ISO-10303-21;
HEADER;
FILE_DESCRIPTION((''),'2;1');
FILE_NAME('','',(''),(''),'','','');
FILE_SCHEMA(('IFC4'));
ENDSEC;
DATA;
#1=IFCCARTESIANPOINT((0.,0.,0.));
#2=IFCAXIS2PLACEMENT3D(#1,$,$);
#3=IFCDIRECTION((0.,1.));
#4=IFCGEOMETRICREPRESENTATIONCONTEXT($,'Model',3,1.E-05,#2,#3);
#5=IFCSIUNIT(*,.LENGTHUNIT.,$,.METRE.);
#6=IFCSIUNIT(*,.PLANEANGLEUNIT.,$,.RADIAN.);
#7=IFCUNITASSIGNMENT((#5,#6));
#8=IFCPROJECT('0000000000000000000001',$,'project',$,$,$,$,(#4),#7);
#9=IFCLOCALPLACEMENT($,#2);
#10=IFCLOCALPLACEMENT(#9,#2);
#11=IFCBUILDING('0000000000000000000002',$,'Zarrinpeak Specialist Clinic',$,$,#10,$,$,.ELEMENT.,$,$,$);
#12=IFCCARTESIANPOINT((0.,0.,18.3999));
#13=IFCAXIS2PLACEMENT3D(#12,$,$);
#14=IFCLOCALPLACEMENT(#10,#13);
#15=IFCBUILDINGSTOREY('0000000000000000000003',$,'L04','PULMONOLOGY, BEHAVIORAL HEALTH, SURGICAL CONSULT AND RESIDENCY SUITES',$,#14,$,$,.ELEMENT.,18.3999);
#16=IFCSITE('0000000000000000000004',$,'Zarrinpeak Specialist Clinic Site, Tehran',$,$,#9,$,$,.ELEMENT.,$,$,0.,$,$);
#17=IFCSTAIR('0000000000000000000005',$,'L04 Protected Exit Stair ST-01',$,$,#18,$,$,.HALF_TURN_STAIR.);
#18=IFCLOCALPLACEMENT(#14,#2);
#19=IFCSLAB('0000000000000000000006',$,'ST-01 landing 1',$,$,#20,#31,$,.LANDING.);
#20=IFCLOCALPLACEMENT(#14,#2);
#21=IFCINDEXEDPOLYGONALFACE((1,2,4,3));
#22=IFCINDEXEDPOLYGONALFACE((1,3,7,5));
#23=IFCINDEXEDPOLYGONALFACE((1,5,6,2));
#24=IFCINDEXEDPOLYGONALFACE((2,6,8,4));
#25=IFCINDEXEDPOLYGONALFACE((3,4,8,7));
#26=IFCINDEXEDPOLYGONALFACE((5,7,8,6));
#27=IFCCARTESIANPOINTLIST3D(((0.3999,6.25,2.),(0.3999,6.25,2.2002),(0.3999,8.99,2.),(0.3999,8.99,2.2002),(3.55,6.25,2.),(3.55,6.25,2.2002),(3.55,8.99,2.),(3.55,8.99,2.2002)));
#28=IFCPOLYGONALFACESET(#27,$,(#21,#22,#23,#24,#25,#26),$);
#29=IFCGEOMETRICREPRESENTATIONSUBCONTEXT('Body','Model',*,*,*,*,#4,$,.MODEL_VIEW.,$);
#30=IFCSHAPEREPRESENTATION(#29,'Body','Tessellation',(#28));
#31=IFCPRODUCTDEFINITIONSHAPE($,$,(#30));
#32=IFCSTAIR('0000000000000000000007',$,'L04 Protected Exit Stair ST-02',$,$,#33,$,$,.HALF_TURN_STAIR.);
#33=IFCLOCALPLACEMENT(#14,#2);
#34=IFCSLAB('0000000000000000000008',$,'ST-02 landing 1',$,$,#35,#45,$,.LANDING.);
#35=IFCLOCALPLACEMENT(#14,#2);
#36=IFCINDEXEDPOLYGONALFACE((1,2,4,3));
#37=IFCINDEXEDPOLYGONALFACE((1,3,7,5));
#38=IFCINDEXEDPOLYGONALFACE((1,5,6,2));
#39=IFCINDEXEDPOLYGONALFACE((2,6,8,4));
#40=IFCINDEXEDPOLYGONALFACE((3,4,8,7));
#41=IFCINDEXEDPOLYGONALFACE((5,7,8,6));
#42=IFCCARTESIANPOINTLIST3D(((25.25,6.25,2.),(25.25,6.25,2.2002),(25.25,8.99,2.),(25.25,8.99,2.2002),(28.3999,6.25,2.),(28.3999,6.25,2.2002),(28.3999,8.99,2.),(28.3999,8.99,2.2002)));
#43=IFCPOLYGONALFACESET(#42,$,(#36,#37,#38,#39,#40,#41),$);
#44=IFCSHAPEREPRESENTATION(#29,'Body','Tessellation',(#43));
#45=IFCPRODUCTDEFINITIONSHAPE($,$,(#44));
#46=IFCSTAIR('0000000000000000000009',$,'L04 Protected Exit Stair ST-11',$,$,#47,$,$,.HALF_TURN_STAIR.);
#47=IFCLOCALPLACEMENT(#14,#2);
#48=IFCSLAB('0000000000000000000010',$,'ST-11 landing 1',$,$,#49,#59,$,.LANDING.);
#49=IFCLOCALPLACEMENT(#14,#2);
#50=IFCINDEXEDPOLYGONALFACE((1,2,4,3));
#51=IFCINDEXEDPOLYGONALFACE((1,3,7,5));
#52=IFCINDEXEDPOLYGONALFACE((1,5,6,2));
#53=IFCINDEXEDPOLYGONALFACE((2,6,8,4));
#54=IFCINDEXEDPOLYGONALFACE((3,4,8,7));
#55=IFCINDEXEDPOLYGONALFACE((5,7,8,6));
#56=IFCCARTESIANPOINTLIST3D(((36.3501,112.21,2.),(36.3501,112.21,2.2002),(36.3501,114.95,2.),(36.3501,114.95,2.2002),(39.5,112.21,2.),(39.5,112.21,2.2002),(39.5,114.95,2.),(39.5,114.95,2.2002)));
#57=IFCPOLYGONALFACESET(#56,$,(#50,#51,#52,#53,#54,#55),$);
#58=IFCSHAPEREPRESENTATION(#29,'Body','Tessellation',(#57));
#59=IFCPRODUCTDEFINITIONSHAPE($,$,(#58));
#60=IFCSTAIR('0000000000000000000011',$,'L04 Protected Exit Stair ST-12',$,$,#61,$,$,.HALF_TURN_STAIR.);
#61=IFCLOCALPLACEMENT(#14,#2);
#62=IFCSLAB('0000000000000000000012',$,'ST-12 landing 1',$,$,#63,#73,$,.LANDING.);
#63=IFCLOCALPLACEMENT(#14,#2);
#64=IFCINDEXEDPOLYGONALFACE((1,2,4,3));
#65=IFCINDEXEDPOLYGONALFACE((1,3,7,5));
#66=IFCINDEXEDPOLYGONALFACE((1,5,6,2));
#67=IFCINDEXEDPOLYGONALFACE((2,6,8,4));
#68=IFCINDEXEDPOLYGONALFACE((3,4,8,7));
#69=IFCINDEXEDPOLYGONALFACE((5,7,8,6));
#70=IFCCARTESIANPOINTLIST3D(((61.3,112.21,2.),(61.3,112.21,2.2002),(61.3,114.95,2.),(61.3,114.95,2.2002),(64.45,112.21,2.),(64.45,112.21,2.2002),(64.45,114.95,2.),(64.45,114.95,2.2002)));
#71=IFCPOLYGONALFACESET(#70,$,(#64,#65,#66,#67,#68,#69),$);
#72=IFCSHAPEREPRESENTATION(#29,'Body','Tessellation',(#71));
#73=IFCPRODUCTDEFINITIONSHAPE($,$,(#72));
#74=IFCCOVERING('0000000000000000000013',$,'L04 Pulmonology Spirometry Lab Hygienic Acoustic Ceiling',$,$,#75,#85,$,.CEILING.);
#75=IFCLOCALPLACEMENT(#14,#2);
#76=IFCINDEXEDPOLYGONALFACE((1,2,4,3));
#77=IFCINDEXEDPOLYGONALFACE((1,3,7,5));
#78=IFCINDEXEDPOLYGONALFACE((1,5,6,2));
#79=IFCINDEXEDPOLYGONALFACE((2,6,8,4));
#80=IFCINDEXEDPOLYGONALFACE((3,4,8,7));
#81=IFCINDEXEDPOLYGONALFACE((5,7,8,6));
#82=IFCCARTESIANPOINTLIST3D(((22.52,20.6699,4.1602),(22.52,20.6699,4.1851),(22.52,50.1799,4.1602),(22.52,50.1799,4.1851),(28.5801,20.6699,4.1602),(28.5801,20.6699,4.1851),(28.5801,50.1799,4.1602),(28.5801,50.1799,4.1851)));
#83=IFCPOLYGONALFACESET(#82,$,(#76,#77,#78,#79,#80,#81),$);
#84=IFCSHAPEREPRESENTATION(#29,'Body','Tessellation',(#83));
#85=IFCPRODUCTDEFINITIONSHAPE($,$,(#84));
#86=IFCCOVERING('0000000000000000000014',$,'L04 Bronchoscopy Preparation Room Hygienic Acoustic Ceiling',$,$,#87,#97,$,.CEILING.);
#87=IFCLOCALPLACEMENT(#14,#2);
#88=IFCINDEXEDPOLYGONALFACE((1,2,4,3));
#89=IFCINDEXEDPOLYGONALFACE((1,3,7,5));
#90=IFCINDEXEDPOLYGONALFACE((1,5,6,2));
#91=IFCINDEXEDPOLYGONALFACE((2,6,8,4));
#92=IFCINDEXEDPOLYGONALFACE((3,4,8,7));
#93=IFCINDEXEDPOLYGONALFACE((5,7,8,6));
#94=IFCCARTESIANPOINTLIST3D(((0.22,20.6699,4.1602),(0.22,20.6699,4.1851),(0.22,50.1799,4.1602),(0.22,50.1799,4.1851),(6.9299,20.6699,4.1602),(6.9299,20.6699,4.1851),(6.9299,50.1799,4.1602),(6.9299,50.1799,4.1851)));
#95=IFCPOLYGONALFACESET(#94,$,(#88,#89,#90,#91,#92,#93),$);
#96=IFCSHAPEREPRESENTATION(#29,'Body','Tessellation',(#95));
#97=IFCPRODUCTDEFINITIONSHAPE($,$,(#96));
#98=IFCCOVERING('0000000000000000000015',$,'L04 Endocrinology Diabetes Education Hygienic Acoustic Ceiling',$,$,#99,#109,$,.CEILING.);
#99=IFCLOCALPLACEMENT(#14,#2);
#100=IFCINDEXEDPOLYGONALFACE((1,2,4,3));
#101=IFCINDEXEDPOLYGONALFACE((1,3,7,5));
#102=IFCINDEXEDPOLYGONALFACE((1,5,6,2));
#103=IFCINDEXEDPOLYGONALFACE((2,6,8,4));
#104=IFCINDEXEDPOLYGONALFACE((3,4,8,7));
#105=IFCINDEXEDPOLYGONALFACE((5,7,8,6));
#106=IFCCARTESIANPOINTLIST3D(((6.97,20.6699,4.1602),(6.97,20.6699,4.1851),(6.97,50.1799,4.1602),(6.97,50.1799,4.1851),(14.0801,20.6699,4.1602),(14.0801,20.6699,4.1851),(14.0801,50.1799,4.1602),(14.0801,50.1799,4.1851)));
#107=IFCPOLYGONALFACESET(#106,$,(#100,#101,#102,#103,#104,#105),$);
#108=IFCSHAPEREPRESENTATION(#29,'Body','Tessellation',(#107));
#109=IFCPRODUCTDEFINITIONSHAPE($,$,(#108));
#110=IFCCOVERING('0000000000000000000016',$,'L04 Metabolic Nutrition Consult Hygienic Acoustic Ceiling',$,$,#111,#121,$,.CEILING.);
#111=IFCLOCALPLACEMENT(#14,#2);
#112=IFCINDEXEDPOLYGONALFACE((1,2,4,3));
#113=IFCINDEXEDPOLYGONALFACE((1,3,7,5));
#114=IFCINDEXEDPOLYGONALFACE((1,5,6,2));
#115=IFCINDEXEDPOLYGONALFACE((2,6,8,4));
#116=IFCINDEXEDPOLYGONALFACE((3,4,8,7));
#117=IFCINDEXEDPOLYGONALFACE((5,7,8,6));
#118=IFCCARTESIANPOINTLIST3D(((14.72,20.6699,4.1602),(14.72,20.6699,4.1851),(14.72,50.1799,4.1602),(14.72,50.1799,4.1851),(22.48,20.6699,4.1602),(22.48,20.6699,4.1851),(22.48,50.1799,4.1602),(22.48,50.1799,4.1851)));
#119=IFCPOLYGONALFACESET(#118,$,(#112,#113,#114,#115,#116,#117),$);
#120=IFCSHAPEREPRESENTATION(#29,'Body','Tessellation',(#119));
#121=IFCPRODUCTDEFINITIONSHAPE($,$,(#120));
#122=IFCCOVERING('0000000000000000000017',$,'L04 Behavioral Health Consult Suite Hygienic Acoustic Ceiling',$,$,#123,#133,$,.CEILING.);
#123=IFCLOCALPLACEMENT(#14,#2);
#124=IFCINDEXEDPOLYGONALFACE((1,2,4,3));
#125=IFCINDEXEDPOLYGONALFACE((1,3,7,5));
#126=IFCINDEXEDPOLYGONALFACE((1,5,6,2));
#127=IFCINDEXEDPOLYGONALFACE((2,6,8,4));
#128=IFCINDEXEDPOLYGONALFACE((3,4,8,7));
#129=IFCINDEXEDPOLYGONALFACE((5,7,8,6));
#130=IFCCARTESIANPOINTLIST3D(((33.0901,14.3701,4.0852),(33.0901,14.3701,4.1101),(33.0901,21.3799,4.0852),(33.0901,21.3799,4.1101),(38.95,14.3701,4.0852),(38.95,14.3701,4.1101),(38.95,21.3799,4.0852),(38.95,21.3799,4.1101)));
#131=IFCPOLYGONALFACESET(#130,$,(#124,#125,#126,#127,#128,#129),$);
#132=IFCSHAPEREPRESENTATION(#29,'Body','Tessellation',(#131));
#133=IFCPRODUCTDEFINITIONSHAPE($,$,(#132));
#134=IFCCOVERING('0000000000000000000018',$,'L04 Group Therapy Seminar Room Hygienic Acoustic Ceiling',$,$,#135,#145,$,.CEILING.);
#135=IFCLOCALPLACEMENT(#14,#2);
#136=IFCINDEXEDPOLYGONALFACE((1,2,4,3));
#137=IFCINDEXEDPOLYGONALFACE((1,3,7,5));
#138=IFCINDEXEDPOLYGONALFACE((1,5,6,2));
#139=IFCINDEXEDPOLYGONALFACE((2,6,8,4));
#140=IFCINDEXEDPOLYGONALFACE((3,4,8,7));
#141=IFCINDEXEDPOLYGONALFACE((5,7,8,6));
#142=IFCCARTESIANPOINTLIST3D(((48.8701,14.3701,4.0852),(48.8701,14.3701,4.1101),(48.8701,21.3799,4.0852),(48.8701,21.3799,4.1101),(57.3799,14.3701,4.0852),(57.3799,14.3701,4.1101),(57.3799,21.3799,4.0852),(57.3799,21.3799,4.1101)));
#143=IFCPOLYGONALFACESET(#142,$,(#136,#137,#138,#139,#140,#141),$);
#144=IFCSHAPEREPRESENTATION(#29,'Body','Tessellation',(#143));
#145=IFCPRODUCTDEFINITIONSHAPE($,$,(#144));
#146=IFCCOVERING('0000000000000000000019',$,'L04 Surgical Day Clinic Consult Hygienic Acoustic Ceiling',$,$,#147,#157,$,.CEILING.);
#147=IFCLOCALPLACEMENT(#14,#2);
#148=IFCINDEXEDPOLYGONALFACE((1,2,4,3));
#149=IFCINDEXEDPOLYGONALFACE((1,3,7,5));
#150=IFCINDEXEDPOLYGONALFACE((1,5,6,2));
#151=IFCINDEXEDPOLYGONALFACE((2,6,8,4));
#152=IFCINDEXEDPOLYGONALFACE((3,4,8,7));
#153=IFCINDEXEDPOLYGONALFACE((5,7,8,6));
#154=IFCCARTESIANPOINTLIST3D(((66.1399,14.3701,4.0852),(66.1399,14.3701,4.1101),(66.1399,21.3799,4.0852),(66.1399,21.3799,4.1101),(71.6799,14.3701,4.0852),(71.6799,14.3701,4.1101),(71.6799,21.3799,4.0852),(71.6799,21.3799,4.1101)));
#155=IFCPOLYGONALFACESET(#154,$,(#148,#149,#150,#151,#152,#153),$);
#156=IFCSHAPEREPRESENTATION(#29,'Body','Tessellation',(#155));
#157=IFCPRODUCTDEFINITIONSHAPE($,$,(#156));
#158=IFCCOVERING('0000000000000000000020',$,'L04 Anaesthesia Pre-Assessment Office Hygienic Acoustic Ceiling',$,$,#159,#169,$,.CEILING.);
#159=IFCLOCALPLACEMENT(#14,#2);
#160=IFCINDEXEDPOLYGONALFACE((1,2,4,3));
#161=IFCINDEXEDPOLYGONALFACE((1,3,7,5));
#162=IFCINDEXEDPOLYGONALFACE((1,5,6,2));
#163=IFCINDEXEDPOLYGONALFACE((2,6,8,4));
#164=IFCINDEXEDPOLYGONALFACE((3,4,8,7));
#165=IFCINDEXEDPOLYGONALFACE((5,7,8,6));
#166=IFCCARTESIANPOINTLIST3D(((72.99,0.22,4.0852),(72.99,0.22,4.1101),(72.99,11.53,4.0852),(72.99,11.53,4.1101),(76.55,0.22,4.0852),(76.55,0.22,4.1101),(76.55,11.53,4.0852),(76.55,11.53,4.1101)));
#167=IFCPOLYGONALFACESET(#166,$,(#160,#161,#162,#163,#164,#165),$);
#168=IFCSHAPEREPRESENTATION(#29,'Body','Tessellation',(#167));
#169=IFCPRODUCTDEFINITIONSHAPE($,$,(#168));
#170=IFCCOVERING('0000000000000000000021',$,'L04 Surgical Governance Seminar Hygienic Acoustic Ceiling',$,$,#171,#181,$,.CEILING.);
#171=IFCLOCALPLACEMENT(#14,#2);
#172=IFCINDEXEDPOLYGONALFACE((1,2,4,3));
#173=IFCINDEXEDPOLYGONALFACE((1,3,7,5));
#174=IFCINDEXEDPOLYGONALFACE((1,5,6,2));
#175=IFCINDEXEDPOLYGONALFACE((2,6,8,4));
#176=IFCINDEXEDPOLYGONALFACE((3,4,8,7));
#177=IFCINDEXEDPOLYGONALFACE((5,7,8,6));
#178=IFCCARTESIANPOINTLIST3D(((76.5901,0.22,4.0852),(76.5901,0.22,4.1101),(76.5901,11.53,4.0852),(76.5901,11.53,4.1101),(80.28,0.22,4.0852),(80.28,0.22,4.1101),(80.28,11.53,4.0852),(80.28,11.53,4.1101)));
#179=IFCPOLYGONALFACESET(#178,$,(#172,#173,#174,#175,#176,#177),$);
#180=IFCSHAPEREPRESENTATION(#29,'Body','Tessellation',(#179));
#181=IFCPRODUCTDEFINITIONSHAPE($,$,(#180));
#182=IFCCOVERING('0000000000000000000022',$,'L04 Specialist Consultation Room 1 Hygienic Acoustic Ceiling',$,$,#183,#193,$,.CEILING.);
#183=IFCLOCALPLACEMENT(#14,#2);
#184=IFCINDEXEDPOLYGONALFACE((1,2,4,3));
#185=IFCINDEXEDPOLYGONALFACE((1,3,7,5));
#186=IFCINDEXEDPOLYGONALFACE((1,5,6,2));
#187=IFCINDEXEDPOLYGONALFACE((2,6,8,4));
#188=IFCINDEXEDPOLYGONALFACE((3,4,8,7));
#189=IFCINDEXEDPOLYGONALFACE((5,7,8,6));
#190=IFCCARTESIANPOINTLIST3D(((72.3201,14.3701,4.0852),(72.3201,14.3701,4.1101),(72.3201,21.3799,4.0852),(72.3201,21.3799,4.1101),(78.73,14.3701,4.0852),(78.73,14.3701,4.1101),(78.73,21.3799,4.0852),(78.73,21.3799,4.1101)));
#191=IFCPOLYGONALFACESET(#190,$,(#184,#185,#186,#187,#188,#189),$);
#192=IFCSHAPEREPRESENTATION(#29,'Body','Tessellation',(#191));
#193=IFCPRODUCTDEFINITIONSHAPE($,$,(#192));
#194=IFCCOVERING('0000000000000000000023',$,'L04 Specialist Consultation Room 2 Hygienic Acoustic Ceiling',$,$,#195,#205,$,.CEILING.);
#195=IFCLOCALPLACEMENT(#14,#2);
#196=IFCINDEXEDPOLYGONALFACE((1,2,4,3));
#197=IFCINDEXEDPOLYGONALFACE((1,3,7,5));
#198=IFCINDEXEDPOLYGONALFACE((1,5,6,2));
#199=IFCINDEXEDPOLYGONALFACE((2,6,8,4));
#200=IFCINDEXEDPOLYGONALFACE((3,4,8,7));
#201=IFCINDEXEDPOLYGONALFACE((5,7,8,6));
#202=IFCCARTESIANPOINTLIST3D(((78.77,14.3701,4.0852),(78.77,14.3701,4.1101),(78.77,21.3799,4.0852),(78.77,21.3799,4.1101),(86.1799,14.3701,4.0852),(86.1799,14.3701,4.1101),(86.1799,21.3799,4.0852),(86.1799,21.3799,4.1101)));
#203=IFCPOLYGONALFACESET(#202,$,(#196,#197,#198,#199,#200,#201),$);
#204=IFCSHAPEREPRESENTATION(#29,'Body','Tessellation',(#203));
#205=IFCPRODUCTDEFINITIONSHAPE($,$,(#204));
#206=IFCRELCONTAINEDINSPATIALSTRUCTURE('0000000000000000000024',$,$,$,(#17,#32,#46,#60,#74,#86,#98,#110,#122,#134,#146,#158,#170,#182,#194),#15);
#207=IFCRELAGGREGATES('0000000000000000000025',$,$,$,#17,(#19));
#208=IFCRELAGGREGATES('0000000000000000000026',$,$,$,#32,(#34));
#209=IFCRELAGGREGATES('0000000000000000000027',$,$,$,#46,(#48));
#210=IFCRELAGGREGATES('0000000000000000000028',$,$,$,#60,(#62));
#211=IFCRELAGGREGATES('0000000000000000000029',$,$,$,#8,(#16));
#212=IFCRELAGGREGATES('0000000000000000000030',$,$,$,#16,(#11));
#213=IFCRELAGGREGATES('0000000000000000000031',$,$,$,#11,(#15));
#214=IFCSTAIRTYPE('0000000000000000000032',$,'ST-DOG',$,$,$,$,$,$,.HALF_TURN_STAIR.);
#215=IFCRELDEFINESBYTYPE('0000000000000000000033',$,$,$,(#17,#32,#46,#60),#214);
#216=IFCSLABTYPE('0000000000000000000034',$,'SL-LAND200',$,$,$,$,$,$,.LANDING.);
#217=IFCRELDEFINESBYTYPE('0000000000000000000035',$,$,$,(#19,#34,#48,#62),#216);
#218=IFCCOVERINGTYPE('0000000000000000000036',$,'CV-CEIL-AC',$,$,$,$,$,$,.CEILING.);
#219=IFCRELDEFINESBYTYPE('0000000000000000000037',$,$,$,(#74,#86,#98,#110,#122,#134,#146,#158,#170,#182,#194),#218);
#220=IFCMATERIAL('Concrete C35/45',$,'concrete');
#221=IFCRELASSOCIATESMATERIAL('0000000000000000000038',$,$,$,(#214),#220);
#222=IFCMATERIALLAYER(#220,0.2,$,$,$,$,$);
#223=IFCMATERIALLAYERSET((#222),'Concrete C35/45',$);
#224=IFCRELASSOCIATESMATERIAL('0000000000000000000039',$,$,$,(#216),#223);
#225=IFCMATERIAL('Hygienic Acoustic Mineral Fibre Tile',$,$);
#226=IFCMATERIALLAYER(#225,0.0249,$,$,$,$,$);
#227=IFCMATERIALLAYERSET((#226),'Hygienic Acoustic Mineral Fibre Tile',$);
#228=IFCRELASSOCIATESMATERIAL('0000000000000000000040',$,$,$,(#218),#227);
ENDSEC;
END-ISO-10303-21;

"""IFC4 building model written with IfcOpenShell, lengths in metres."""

from ifc_helpers import new_model, si_unit, direction, frame, origin, place, context, subcontext, project, spatial, polyline, outline, extrude, material, layer, layer_set, type_object, element, aggregate, save


model = new_model("IFC4")

# Units and contexts
model_context = context("Model", 3, precision=1e-05, world=origin(), true_north=direction((0.0, 1.0)))
body_context = subcontext(model_context, "Body", "Model", "MODEL_VIEW")
ifc_project = project(units=[si_unit("LENGTHUNIT", "METRE"), si_unit("PLANEANGLEUNIT", "RADIAN")], contexts=[model_context])

# Site, building, storey
site_placement = place(None, origin())
site = spatial("IfcSite", under=ifc_project, at=site_placement, Name="Zarrinpeak Specialist Clinic Site, Tehran", CompositionType="ELEMENT", RefElevation=0.0)
building_placement = place(site_placement, origin())
building = spatial("IfcBuilding", under=site, at=building_placement, Name="Zarrinpeak Specialist Clinic", CompositionType="ELEMENT")
storey_placement = place(building_placement, frame((0.0, 0.0, 18.3999)))
storey = spatial("IfcBuildingStorey", under=building, at=storey_placement, Name="L04", Description="PULMONOLOGY, BEHAVIORAL HEALTH, SURGICAL CONSULT AND RESIDENCY SUITES", CompositionType="ELEMENT", Elevation=18.3999)

# Stairs, slabs
ifc_material_1 = material(Name="Concrete C35/45", Category="concrete")
stair_type = type_object("IfcStairType", Name="ST-DOG", PredefinedType="HALF_TURN_STAIR", material=ifc_material_1)
stair_1_placement = place(storey_placement, origin())
stair_1 = element("IfcStair", 1, at=stair_1_placement, inside=storey, type_object=stair_type, Name="L04 Protected Exit Stair ST-01", PredefinedType="HALF_TURN_STAIR")
ifc_layer_1 = layer(ifc_material_1, 0.2)
ifc_layer_set_1 = layer_set([ifc_layer_1], Name="Concrete C35/45")
slab_type = type_object("IfcSlabType", Name="SL-LAND200", PredefinedType="LANDING", material=ifc_layer_set_1)
slab_1_placement = place(storey_placement, frame((0.0, 0.0, 2.0)))
slab_1 = element("IfcSlab", 2, at=slab_1_placement, type_object=slab_type, Name="ST-01 landing 1", PredefinedType="LANDING", context=body_context, shape_type="SweptSolid", body=[
    extrude(outline(polyline([(0.3999, 8.99), (0.3999, 6.25), (3.55, 6.25), (3.55, 8.99), (0.3999, 8.99)])), origin(), (0.0, 0.0, 1.0), 0.2002),
])
aggregate(stair_1, [slab_1])
stair_2_placement = place(storey_placement, origin())
stair_2 = element("IfcStair", 3, at=stair_2_placement, inside=storey, type_object=stair_type, Name="L04 Protected Exit Stair ST-02", PredefinedType="HALF_TURN_STAIR")
slab_2_placement = place(storey_placement, frame((0.0, 0.0, 2.0)))
slab_2 = element("IfcSlab", 4, at=slab_2_placement, type_object=slab_type, Name="ST-02 landing 1", PredefinedType="LANDING", context=body_context, shape_type="SweptSolid", body=[
    extrude(outline(polyline([(25.25, 8.99), (25.25, 6.25), (28.3999, 6.25), (28.3999, 8.99), (25.25, 8.99)])), origin(), (0.0, 0.0, 1.0), 0.2002),
])
aggregate(stair_2, [slab_2])
stair_3_placement = place(storey_placement, origin())
stair_3 = element("IfcStair", 5, at=stair_3_placement, inside=storey, type_object=stair_type, Name="L04 Protected Exit Stair ST-11", PredefinedType="HALF_TURN_STAIR")
slab_3_placement = place(storey_placement, frame((0.0, 0.0, 2.0)))
slab_3 = element("IfcSlab", 6, at=slab_3_placement, type_object=slab_type, Name="ST-11 landing 1", PredefinedType="LANDING", context=body_context, shape_type="SweptSolid", body=[
    extrude(outline(polyline([(39.5, 112.21), (39.5, 114.95), (36.3501, 114.95), (36.3501, 112.21), (39.5, 112.21)])), origin(), (0.0, 0.0, 1.0), 0.2002),
])
aggregate(stair_3, [slab_3])
stair_4_placement = place(storey_placement, origin())
stair_4 = element("IfcStair", 7, at=stair_4_placement, inside=storey, type_object=stair_type, Name="L04 Protected Exit Stair ST-12", PredefinedType="HALF_TURN_STAIR")
slab_4_placement = place(storey_placement, frame((0.0, 0.0, 2.0)))
slab_4 = element("IfcSlab", 8, at=slab_4_placement, type_object=slab_type, Name="ST-12 landing 1", PredefinedType="LANDING", context=body_context, shape_type="SweptSolid", body=[
    extrude(outline(polyline([(64.45, 112.21), (64.45, 114.95), (61.3, 114.95), (61.3, 112.21), (64.45, 112.21)])), origin(), (0.0, 0.0, 1.0), 0.2002),
])
aggregate(stair_4, [slab_4])

# Coverings
ifc_material_2 = material(Name="Hygienic Acoustic Mineral Fibre Tile")
ifc_layer_2 = layer(ifc_material_2, 0.0249)
ifc_layer_set_2 = layer_set([ifc_layer_2], Name="Hygienic Acoustic Mineral Fibre Tile")
covering_type_1 = type_object("IfcCoveringType", Name="CV-CEIL-AC", PredefinedType="CEILING", material=ifc_layer_set_2)
covering_1_placement = place(storey_placement, frame((0.0, 0.0, 4.1602)))
element("IfcCovering", 9, at=covering_1_placement, inside=storey, type_object=covering_type_1, Name="L04 Pulmonology Spirometry Lab Hygienic Acoustic Ceiling", PredefinedType="CEILING", context=body_context, shape_type="SweptSolid", body=[
    extrude(outline(polyline([(22.52, 20.6699), (28.5801, 20.6699), (28.5801, 50.1799), (22.52, 50.1799), (22.52, 20.6699)])), origin(), (0.0, 0.0, 1.0), 0.0249),
])
covering_2_placement = place(storey_placement, frame((0.0, 0.0, 4.1602)))
element("IfcCovering", 10, at=covering_2_placement, inside=storey, type_object=covering_type_1, Name="L04 Bronchoscopy Preparation Room Hygienic Acoustic Ceiling", PredefinedType="CEILING", context=body_context, shape_type="SweptSolid", body=[
    extrude(outline(polyline([(0.22, 20.6699), (6.9299, 20.6699), (6.9299, 50.1799), (0.22, 50.1799), (0.22, 20.6699)])), origin(), (0.0, 0.0, 1.0), 0.0249),
])
covering_3_placement = place(storey_placement, frame((0.0, 0.0, 4.1602)))
element("IfcCovering", 11, at=covering_3_placement, inside=storey, type_object=covering_type_1, Name="L04 Endocrinology Diabetes Education Hygienic Acoustic Ceiling", PredefinedType="CEILING", context=body_context, shape_type="SweptSolid", body=[
    extrude(outline(polyline([(6.97, 20.6699), (14.0801, 20.6699), (14.0801, 50.1799), (6.97, 50.1799), (6.97, 20.6699)])), origin(), (0.0, 0.0, 1.0), 0.0249),
])
covering_4_placement = place(storey_placement, frame((0.0, 0.0, 4.1602)))
element("IfcCovering", 12, at=covering_4_placement, inside=storey, type_object=covering_type_1, Name="L04 Metabolic Nutrition Consult Hygienic Acoustic Ceiling", PredefinedType="CEILING", context=body_context, shape_type="SweptSolid", body=[
    extrude(outline(polyline([(14.72, 20.6699), (22.48, 20.6699), (22.48, 50.1799), (14.72, 50.1799), (14.72, 20.6699)])), origin(), (0.0, 0.0, 1.0), 0.0249),
])
covering_5_placement = place(storey_placement, frame((0.0, 0.0, 4.0852)))
element("IfcCovering", 13, at=covering_5_placement, inside=storey, type_object=covering_type_1, Name="L04 Behavioral Health Consult Suite Hygienic Acoustic Ceiling", PredefinedType="CEILING", context=body_context, shape_type="SweptSolid", body=[
    extrude(outline(polyline([(33.0901, 14.3701), (38.95, 14.3701), (38.95, 21.3799), (33.0901, 21.3799), (33.0901, 14.3701)])), origin(), (0.0, 0.0, 1.0), 0.0249),
])
covering_6_placement = place(storey_placement, frame((0.0, 0.0, 4.0852)))
element("IfcCovering", 14, at=covering_6_placement, inside=storey, type_object=covering_type_1, Name="L04 Group Therapy Seminar Room Hygienic Acoustic Ceiling", PredefinedType="CEILING", context=body_context, shape_type="SweptSolid", body=[
    extrude(outline(polyline([(48.8701, 14.3701), (57.3799, 14.3701), (57.3799, 21.3799), (48.8701, 21.3799), (48.8701, 14.3701)])), origin(), (0.0, 0.0, 1.0), 0.0249),
])
covering_7_placement = place(storey_placement, frame((0.0, 0.0, 4.0852)))
element("IfcCovering", 15, at=covering_7_placement, inside=storey, type_object=covering_type_1, Name="L04 Surgical Day Clinic Consult Hygienic Acoustic Ceiling", PredefinedType="CEILING", context=body_context, shape_type="SweptSolid", body=[
    extrude(outline(polyline([(66.1399, 14.3701), (71.6799, 14.3701), (71.6799, 21.3799), (66.1399, 21.3799), (66.1399, 14.3701)])), origin(), (0.0, 0.0, 1.0), 0.0249),
])
covering_8_placement = place(storey_placement, frame((0.0, 0.0, 4.0852)))
element("IfcCovering", 16, at=covering_8_placement, inside=storey, type_object=covering_type_1, Name="L04 Anaesthesia Pre-Assessment Office Hygienic Acoustic Ceiling", PredefinedType="CEILING", context=body_context, shape_type="SweptSolid", body=[
    extrude(outline(polyline([(72.99, 0.22), (76.55, 0.22), (76.55, 11.53), (72.99, 11.53), (72.99, 0.22)])), origin(), (0.0, 0.0, 1.0), 0.0249),
])
covering_9_placement = place(storey_placement, frame((0.0, 0.0, 4.0852)))
element("IfcCovering", 17, at=covering_9_placement, inside=storey, type_object=covering_type_1, Name="L04 Surgical Governance Seminar Hygienic Acoustic Ceiling", PredefinedType="CEILING", context=body_context, shape_type="SweptSolid", body=[
    extrude(outline(polyline([(76.5901, 0.22), (80.28, 0.22), (80.28, 11.53), (76.5901, 11.53), (76.5901, 0.22)])), origin(), (0.0, 0.0, 1.0), 0.0249),
])
covering_10_placement = place(storey_placement, frame((0.0, 0.0, 4.0852)))
element("IfcCovering", 18, at=covering_10_placement, inside=storey, type_object=covering_type_1, Name="L04 Specialist Consultation Room 1 Hygienic Acoustic Ceiling", PredefinedType="CEILING", context=body_context, shape_type="SweptSolid", body=[
    extrude(outline(polyline([(72.3201, 14.3701), (78.73, 14.3701), (78.73, 21.3799), (72.3201, 21.3799), (72.3201, 14.3701)])), origin(), (0.0, 0.0, 1.0), 0.0249),
])
covering_11_placement = place(storey_placement, frame((0.0, 0.0, 4.0852)))
element("IfcCovering", 19, at=covering_11_placement, inside=storey, type_object=covering_type_1, Name="L04 Specialist Consultation Room 2 Hygienic Acoustic Ceiling", PredefinedType="CEILING", context=body_context, shape_type="SweptSolid", body=[
    extrude(outline(polyline([(78.77, 14.3701), (86.1799, 14.3701), (86.1799, 21.3799), (78.77, 21.3799), (78.77, 14.3701)])), origin(), (0.0, 0.0, 1.0), 0.0249),
])

save(model, "model.ifc")
